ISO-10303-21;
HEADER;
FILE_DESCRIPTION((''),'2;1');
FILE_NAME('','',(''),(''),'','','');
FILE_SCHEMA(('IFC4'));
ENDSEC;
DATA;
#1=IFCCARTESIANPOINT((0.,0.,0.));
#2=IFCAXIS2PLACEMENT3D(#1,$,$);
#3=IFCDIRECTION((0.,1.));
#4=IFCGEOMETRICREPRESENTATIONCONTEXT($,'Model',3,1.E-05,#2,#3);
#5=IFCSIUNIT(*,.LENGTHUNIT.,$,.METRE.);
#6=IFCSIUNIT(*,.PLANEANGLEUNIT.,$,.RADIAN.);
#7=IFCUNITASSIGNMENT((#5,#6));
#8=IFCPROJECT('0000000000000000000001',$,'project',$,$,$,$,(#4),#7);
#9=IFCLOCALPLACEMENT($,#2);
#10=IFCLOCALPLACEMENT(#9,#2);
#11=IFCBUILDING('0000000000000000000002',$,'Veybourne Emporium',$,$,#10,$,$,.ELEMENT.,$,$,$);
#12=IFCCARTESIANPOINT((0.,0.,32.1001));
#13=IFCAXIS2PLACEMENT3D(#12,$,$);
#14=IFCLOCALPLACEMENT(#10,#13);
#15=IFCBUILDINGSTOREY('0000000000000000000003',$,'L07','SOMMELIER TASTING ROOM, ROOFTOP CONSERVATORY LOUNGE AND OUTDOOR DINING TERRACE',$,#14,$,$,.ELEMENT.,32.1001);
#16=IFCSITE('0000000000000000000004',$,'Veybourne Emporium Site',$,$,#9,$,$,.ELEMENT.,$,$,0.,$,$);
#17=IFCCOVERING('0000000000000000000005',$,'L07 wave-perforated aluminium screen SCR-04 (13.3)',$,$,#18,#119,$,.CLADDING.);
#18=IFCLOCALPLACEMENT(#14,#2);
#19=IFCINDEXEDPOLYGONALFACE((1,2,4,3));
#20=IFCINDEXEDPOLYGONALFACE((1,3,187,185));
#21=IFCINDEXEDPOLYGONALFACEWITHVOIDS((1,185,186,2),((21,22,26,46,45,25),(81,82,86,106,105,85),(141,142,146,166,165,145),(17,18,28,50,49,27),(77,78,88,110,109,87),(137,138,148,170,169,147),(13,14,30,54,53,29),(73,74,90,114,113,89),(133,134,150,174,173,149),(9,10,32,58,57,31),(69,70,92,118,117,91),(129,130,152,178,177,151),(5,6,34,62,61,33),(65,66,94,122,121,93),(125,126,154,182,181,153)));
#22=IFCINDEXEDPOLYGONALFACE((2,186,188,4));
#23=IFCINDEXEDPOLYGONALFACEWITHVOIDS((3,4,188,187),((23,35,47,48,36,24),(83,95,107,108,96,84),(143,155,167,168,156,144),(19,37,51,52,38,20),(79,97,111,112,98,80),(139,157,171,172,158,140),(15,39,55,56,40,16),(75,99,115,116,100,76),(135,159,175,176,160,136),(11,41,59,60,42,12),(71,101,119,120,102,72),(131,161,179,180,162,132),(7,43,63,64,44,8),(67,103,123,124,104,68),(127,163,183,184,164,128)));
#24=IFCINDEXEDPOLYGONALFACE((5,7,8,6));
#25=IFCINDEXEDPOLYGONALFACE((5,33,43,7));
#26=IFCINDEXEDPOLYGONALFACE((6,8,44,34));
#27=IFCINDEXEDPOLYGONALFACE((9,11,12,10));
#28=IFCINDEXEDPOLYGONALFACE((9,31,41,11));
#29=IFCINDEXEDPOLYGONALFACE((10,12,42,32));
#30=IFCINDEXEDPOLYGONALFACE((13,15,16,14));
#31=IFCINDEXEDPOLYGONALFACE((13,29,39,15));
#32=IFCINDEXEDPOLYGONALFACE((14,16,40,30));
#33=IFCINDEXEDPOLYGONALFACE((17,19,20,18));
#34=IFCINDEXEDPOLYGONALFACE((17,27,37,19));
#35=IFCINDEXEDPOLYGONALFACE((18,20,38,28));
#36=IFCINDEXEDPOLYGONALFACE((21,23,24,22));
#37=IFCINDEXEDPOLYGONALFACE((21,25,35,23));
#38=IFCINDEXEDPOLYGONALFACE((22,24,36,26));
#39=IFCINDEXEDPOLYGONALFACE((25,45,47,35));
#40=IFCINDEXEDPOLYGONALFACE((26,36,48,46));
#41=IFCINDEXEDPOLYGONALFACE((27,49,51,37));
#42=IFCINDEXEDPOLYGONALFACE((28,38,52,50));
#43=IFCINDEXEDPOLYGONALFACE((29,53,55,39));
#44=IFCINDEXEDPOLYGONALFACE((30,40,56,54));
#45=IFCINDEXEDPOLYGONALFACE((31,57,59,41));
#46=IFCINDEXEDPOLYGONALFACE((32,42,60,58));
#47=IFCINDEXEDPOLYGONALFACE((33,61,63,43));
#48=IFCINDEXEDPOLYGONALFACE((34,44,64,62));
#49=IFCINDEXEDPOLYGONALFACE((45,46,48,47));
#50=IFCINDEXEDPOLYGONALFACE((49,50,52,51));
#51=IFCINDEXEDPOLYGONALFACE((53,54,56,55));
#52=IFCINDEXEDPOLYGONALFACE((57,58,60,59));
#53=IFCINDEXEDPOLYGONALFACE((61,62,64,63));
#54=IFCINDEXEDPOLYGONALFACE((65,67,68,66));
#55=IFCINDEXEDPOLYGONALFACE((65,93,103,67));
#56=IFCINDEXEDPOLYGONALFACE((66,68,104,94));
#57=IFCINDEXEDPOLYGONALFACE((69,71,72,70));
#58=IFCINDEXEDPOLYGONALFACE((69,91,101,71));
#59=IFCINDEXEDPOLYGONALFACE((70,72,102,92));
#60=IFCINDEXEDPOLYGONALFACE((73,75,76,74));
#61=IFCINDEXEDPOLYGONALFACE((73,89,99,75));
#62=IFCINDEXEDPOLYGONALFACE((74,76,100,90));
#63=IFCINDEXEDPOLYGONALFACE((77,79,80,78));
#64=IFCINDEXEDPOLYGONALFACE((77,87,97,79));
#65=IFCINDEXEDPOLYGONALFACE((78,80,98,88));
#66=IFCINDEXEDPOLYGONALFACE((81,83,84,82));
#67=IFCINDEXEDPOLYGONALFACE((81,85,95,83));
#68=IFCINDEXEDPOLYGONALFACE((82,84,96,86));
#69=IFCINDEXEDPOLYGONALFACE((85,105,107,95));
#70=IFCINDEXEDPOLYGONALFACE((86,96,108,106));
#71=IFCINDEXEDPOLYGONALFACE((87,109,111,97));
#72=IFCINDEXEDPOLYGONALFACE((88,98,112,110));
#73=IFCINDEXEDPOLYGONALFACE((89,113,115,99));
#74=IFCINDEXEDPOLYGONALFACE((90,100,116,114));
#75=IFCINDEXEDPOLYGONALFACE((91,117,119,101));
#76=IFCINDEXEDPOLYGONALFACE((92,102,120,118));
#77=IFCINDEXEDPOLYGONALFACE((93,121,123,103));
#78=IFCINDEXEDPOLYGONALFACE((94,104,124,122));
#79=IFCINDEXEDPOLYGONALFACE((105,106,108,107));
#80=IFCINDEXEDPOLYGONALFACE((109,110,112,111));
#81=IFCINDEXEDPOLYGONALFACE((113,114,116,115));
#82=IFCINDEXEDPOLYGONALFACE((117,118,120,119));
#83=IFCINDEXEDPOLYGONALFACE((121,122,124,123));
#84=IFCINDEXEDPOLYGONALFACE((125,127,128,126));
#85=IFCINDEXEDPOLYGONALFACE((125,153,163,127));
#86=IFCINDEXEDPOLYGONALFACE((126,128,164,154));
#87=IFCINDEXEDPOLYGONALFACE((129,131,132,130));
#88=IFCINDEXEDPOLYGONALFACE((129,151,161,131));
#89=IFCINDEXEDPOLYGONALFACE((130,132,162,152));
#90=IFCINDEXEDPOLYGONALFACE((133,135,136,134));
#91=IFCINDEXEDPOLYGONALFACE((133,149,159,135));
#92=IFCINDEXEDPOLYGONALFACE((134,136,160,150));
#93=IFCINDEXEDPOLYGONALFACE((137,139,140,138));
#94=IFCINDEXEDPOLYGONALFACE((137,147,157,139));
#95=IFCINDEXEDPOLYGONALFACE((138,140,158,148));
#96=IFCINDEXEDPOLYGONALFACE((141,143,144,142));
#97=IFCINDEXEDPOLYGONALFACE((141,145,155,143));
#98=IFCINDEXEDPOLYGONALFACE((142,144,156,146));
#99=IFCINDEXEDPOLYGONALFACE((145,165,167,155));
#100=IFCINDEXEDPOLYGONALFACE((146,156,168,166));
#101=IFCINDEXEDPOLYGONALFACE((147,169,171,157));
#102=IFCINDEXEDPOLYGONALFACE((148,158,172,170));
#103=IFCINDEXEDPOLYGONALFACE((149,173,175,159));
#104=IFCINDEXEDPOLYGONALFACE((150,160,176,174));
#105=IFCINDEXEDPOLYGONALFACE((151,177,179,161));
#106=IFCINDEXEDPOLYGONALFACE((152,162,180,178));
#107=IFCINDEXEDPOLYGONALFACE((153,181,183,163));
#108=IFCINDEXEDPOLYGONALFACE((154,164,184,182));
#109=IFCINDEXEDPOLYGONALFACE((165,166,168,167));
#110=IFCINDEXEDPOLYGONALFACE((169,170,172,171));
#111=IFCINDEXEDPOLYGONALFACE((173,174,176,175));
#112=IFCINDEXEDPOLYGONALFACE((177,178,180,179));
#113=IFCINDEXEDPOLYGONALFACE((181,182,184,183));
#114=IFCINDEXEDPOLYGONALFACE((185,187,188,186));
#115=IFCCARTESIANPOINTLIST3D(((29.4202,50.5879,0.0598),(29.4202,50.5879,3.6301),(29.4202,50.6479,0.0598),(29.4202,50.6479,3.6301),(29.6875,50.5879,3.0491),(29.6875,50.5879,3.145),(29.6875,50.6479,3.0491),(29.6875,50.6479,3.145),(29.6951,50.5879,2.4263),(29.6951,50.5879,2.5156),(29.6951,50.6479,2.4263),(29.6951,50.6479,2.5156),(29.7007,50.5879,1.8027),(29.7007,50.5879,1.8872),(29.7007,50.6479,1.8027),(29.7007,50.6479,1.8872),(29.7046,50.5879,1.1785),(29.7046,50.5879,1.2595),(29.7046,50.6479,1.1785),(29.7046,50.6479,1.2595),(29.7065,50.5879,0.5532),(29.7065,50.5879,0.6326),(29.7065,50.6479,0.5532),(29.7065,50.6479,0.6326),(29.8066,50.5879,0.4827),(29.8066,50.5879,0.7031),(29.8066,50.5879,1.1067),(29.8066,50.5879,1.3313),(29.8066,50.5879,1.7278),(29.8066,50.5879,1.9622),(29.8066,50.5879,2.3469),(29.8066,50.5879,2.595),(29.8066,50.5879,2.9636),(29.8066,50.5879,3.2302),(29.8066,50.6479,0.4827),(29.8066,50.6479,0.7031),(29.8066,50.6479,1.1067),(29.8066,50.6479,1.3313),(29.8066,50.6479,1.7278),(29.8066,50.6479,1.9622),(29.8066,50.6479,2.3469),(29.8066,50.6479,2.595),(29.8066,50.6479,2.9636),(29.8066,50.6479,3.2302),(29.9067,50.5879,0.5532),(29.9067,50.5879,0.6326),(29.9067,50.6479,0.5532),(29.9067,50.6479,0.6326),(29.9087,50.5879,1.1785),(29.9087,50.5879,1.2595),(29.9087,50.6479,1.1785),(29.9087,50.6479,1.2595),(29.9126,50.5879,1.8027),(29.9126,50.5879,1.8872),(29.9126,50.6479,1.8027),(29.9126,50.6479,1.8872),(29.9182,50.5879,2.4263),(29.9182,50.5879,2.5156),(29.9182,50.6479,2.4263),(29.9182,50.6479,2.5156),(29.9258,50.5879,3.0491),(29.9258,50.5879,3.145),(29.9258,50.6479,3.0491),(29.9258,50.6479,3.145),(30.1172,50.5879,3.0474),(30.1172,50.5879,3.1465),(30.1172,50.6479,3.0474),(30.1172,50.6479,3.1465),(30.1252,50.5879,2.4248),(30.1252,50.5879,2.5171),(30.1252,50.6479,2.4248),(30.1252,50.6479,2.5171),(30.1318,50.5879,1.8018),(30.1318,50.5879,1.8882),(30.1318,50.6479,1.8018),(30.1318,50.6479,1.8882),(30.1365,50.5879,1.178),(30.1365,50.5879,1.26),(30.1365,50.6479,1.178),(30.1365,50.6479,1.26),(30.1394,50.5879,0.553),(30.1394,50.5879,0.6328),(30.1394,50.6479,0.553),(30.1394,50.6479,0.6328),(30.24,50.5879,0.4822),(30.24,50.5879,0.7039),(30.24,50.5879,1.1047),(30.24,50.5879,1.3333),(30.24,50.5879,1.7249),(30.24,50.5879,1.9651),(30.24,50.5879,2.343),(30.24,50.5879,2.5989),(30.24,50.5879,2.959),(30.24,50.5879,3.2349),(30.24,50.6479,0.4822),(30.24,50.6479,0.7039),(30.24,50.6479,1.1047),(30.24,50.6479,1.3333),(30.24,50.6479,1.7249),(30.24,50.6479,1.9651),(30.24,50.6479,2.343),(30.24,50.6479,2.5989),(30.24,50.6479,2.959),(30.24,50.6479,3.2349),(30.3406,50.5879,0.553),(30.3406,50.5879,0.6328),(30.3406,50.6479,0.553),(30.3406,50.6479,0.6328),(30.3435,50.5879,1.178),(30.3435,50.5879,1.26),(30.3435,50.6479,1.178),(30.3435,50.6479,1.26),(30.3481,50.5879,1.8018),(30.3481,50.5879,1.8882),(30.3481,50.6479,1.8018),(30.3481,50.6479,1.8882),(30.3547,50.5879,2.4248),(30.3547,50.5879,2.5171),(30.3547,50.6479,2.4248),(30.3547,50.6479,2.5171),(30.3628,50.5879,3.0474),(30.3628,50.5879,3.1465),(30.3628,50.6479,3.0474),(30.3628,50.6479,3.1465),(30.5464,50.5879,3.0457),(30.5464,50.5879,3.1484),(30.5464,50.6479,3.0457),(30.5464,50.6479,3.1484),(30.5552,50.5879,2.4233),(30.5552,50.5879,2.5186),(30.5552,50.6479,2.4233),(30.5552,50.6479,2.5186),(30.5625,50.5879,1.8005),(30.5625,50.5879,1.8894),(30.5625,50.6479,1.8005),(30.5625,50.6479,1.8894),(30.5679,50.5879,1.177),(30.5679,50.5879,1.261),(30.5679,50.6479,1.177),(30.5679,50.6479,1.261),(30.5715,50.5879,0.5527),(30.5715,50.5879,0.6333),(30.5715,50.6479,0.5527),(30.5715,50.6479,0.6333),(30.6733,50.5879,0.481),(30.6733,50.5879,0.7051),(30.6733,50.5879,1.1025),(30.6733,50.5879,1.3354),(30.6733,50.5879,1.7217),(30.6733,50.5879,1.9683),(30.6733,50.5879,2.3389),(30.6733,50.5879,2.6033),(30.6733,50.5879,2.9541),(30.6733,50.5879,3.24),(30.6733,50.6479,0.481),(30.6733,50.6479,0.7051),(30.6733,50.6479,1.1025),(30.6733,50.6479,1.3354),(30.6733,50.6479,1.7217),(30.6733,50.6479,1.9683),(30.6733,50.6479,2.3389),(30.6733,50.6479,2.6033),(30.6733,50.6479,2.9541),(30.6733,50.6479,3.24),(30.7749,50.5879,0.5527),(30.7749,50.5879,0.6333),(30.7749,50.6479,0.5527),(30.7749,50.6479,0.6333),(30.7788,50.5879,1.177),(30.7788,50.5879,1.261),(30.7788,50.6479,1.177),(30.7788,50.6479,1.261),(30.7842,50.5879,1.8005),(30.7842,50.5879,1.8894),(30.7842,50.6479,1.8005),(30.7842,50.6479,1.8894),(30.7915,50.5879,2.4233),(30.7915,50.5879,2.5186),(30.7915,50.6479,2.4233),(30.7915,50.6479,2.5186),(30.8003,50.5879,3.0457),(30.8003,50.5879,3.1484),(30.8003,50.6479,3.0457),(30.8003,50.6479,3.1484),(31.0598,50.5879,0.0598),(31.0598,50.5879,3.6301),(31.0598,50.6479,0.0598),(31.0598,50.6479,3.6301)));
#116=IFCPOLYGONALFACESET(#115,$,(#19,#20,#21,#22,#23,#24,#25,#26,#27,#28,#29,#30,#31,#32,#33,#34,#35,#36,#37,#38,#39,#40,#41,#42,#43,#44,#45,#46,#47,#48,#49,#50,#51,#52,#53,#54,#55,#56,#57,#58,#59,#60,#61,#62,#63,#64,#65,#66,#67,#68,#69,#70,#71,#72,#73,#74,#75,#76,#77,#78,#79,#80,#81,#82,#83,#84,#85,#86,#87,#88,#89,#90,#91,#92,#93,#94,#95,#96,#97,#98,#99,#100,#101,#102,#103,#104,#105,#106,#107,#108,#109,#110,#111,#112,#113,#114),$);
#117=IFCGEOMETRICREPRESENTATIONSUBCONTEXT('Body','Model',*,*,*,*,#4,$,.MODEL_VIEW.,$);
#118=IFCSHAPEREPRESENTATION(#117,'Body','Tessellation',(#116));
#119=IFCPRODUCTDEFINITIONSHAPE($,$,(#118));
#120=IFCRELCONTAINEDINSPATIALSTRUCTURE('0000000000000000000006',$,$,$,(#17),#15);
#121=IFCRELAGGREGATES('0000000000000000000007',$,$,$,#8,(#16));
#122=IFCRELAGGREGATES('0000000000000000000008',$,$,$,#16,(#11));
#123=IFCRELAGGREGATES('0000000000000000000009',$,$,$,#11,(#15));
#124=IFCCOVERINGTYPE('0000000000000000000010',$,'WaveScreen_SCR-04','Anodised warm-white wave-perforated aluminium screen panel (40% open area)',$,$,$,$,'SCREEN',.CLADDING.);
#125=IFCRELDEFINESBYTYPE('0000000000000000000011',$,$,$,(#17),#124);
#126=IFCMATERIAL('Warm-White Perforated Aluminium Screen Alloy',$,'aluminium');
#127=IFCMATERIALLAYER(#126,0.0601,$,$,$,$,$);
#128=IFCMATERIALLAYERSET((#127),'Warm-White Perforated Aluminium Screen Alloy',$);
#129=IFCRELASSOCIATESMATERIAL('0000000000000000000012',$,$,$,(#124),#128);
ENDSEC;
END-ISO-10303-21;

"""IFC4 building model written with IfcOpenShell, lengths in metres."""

from ifc_helpers import new_model, si_unit, direction, frame, origin, place, context, subcontext, project, spatial, polyline, outline, extrude, material, layer, layer_set, type_object, element, save


model = new_model("IFC4")

# Units and contexts
model_context = context("Model", 3, precision=1e-05, world=origin(), true_north=direction((0.0, 1.0)))
body_context = subcontext(model_context, "Body", "Model", "MODEL_VIEW")
ifc_project = project(units=[si_unit("LENGTHUNIT", "METRE"), si_unit("PLANEANGLEUNIT", "RADIAN")], contexts=[model_context])

# Site, building, storey
site_placement = place(None, origin())
site = spatial("IfcSite", under=ifc_project, at=site_placement, Name="Veybourne Emporium Site", CompositionType="ELEMENT", RefElevation=0.0)
building_placement = place(site_placement, origin())
building = spatial("IfcBuilding", under=site, at=building_placement, Name="Veybourne Emporium", CompositionType="ELEMENT")
storey_placement = place(building_placement, frame((0.0, 0.0, 32.1001)))
storey = spatial("IfcBuildingStorey", under=building, at=storey_placement, Name="L07", Description="SOMMELIER TASTING ROOM, ROOFTOP CONSERVATORY LOUNGE AND OUTDOOR DINING TERRACE", CompositionType="ELEMENT", Elevation=32.1001)

# Covering
ifc_material_1 = material(Name="Warm-White Perforated Aluminium Screen Alloy", Category="aluminium")
ifc_layer_1 = layer(ifc_material_1, 0.0601)
ifc_layer_set_1 = layer_set([ifc_layer_1], Name="Warm-White Perforated Aluminium Screen Alloy")
covering_type_1 = type_object("IfcCoveringType", Name="WaveScreen_SCR-04", Description="Anodised warm-white wave-perforated aluminium screen panel (40% open area)", ElementType="SCREEN", PredefinedType="CLADDING", material=ifc_layer_set_1)
covering_1_placement = place(storey_placement, frame((30.24, 50.6479, 1.845), z_axis=(0.0, -1.0, 0.0), x_axis=(1.0, 0.0, 0.0)))
element("IfcCovering", 1, at=covering_1_placement, inside=storey, type_object=covering_type_1, Name="L07 wave-perforated aluminium screen SCR-04 (13.3)", PredefinedType="CLADDING", context=body_context, shape_type="SweptSolid", body=[
    extrude(outline(polyline([(-0.8198, -1.7852), (0.8198, -1.7852), (0.8198, 1.7852), (-0.8198, 1.7852), (-0.8198, -1.7852)]), holes=[polyline([(-0.4333, -1.1418), (-0.3333, -1.2124), (-0.3333, -1.2917), (-0.4333, -1.3623), (-0.5334, -1.2917), (-0.5334, -1.2124), (-0.4333, -1.1418)]), polyline([(-0.4333, -0.5137), (-0.3313, -0.5854), (-0.3313, -0.6665), (-0.4333, -0.7383), (-0.5354, -0.6665), (-0.5354, -0.5854), (-0.4333, -0.5137)]), polyline([(-0.4333, 0.1172), (-0.3274, 0.0422), (-0.3274, -0.0422), (-0.4333, -0.1172), (-0.5393, -0.0422), (-0.5393, 0.0422), (-0.4333, 0.1172)]), polyline([(-0.4333, 0.75), (-0.3218, 0.6707), (-0.3218, 0.5813), (-0.4333, 0.502), (-0.5449, 0.5813), (-0.5449, 0.6707), (-0.4333, 0.75)]), polyline([(-0.4333, 1.3853), (-0.3142, 1.3), (-0.3142, 1.2041), (-0.4333, 1.1187), (-0.5525, 1.2041), (-0.5525, 1.3), (-0.4333, 1.3853)]), polyline([(0.0, -1.1411), (0.1006, -1.2122), (0.1006, -1.292), (0.0, -1.3628), (-0.1006, -1.292), (-0.1006, -1.2122), (0.0, -1.1411)]), polyline([(0.0, -0.5117), (0.1035, -0.585), (0.1035, -0.667), (0.0, -0.7402), (-0.1035, -0.667), (-0.1035, -0.585), (0.0, -0.5117)]), polyline([(0.0, 0.1201), (0.1082, 0.0432), (0.1082, -0.0432), (0.0, -0.1201), (-0.1082, -0.0432), (-0.1082, 0.0432), (0.0, 0.1201)]), polyline([(0.0, 0.7539), (0.1147, 0.6721), (0.1147, 0.5798), (0.0, 0.498), (-0.1147, 0.5798), (-0.1147, 0.6721), (0.0, 0.7539)]), polyline([(0.0, 1.3899), (0.1228, 1.3015), (0.1228, 1.2024), (0.0, 1.114), (-0.1228, 1.2024), (-0.1228, 1.3015), (0.0, 1.3899)]), polyline([(0.4333, -1.1399), (0.5349, -1.2117), (0.5349, -1.2922), (0.4333, -1.364), (0.3315, -1.2922), (0.3315, -1.2117), (0.4333, -1.1399)]), polyline([(0.4333, -0.5095), (0.5388, -0.584), (0.5388, -0.668), (0.4333, -0.7424), (0.3279, -0.668), (0.3279, -0.584), (0.4333, -0.5095)]), polyline([(0.4333, 0.1233), (0.5442, 0.0444), (0.5442, -0.0444), (0.4333, -0.1233), (0.3225, -0.0444), (0.3225, 0.0444), (0.4333, 0.1233)]), polyline([(0.4333, 0.7583), (0.5515, 0.6736), (0.5515, 0.5784), (0.4333, 0.4939), (0.3152, 0.5784), (0.3152, 0.6736), (0.4333, 0.7583)]), polyline([(0.4333, 1.395), (0.5603, 1.3035), (0.5603, 1.2007), (0.4333, 1.1091), (0.3064, 1.2007), (0.3064, 1.3035), (0.4333, 1.395)])]), origin(), (0.0, 0.0, 1.0), 0.0601),
])

save(model, "model.ifc")
